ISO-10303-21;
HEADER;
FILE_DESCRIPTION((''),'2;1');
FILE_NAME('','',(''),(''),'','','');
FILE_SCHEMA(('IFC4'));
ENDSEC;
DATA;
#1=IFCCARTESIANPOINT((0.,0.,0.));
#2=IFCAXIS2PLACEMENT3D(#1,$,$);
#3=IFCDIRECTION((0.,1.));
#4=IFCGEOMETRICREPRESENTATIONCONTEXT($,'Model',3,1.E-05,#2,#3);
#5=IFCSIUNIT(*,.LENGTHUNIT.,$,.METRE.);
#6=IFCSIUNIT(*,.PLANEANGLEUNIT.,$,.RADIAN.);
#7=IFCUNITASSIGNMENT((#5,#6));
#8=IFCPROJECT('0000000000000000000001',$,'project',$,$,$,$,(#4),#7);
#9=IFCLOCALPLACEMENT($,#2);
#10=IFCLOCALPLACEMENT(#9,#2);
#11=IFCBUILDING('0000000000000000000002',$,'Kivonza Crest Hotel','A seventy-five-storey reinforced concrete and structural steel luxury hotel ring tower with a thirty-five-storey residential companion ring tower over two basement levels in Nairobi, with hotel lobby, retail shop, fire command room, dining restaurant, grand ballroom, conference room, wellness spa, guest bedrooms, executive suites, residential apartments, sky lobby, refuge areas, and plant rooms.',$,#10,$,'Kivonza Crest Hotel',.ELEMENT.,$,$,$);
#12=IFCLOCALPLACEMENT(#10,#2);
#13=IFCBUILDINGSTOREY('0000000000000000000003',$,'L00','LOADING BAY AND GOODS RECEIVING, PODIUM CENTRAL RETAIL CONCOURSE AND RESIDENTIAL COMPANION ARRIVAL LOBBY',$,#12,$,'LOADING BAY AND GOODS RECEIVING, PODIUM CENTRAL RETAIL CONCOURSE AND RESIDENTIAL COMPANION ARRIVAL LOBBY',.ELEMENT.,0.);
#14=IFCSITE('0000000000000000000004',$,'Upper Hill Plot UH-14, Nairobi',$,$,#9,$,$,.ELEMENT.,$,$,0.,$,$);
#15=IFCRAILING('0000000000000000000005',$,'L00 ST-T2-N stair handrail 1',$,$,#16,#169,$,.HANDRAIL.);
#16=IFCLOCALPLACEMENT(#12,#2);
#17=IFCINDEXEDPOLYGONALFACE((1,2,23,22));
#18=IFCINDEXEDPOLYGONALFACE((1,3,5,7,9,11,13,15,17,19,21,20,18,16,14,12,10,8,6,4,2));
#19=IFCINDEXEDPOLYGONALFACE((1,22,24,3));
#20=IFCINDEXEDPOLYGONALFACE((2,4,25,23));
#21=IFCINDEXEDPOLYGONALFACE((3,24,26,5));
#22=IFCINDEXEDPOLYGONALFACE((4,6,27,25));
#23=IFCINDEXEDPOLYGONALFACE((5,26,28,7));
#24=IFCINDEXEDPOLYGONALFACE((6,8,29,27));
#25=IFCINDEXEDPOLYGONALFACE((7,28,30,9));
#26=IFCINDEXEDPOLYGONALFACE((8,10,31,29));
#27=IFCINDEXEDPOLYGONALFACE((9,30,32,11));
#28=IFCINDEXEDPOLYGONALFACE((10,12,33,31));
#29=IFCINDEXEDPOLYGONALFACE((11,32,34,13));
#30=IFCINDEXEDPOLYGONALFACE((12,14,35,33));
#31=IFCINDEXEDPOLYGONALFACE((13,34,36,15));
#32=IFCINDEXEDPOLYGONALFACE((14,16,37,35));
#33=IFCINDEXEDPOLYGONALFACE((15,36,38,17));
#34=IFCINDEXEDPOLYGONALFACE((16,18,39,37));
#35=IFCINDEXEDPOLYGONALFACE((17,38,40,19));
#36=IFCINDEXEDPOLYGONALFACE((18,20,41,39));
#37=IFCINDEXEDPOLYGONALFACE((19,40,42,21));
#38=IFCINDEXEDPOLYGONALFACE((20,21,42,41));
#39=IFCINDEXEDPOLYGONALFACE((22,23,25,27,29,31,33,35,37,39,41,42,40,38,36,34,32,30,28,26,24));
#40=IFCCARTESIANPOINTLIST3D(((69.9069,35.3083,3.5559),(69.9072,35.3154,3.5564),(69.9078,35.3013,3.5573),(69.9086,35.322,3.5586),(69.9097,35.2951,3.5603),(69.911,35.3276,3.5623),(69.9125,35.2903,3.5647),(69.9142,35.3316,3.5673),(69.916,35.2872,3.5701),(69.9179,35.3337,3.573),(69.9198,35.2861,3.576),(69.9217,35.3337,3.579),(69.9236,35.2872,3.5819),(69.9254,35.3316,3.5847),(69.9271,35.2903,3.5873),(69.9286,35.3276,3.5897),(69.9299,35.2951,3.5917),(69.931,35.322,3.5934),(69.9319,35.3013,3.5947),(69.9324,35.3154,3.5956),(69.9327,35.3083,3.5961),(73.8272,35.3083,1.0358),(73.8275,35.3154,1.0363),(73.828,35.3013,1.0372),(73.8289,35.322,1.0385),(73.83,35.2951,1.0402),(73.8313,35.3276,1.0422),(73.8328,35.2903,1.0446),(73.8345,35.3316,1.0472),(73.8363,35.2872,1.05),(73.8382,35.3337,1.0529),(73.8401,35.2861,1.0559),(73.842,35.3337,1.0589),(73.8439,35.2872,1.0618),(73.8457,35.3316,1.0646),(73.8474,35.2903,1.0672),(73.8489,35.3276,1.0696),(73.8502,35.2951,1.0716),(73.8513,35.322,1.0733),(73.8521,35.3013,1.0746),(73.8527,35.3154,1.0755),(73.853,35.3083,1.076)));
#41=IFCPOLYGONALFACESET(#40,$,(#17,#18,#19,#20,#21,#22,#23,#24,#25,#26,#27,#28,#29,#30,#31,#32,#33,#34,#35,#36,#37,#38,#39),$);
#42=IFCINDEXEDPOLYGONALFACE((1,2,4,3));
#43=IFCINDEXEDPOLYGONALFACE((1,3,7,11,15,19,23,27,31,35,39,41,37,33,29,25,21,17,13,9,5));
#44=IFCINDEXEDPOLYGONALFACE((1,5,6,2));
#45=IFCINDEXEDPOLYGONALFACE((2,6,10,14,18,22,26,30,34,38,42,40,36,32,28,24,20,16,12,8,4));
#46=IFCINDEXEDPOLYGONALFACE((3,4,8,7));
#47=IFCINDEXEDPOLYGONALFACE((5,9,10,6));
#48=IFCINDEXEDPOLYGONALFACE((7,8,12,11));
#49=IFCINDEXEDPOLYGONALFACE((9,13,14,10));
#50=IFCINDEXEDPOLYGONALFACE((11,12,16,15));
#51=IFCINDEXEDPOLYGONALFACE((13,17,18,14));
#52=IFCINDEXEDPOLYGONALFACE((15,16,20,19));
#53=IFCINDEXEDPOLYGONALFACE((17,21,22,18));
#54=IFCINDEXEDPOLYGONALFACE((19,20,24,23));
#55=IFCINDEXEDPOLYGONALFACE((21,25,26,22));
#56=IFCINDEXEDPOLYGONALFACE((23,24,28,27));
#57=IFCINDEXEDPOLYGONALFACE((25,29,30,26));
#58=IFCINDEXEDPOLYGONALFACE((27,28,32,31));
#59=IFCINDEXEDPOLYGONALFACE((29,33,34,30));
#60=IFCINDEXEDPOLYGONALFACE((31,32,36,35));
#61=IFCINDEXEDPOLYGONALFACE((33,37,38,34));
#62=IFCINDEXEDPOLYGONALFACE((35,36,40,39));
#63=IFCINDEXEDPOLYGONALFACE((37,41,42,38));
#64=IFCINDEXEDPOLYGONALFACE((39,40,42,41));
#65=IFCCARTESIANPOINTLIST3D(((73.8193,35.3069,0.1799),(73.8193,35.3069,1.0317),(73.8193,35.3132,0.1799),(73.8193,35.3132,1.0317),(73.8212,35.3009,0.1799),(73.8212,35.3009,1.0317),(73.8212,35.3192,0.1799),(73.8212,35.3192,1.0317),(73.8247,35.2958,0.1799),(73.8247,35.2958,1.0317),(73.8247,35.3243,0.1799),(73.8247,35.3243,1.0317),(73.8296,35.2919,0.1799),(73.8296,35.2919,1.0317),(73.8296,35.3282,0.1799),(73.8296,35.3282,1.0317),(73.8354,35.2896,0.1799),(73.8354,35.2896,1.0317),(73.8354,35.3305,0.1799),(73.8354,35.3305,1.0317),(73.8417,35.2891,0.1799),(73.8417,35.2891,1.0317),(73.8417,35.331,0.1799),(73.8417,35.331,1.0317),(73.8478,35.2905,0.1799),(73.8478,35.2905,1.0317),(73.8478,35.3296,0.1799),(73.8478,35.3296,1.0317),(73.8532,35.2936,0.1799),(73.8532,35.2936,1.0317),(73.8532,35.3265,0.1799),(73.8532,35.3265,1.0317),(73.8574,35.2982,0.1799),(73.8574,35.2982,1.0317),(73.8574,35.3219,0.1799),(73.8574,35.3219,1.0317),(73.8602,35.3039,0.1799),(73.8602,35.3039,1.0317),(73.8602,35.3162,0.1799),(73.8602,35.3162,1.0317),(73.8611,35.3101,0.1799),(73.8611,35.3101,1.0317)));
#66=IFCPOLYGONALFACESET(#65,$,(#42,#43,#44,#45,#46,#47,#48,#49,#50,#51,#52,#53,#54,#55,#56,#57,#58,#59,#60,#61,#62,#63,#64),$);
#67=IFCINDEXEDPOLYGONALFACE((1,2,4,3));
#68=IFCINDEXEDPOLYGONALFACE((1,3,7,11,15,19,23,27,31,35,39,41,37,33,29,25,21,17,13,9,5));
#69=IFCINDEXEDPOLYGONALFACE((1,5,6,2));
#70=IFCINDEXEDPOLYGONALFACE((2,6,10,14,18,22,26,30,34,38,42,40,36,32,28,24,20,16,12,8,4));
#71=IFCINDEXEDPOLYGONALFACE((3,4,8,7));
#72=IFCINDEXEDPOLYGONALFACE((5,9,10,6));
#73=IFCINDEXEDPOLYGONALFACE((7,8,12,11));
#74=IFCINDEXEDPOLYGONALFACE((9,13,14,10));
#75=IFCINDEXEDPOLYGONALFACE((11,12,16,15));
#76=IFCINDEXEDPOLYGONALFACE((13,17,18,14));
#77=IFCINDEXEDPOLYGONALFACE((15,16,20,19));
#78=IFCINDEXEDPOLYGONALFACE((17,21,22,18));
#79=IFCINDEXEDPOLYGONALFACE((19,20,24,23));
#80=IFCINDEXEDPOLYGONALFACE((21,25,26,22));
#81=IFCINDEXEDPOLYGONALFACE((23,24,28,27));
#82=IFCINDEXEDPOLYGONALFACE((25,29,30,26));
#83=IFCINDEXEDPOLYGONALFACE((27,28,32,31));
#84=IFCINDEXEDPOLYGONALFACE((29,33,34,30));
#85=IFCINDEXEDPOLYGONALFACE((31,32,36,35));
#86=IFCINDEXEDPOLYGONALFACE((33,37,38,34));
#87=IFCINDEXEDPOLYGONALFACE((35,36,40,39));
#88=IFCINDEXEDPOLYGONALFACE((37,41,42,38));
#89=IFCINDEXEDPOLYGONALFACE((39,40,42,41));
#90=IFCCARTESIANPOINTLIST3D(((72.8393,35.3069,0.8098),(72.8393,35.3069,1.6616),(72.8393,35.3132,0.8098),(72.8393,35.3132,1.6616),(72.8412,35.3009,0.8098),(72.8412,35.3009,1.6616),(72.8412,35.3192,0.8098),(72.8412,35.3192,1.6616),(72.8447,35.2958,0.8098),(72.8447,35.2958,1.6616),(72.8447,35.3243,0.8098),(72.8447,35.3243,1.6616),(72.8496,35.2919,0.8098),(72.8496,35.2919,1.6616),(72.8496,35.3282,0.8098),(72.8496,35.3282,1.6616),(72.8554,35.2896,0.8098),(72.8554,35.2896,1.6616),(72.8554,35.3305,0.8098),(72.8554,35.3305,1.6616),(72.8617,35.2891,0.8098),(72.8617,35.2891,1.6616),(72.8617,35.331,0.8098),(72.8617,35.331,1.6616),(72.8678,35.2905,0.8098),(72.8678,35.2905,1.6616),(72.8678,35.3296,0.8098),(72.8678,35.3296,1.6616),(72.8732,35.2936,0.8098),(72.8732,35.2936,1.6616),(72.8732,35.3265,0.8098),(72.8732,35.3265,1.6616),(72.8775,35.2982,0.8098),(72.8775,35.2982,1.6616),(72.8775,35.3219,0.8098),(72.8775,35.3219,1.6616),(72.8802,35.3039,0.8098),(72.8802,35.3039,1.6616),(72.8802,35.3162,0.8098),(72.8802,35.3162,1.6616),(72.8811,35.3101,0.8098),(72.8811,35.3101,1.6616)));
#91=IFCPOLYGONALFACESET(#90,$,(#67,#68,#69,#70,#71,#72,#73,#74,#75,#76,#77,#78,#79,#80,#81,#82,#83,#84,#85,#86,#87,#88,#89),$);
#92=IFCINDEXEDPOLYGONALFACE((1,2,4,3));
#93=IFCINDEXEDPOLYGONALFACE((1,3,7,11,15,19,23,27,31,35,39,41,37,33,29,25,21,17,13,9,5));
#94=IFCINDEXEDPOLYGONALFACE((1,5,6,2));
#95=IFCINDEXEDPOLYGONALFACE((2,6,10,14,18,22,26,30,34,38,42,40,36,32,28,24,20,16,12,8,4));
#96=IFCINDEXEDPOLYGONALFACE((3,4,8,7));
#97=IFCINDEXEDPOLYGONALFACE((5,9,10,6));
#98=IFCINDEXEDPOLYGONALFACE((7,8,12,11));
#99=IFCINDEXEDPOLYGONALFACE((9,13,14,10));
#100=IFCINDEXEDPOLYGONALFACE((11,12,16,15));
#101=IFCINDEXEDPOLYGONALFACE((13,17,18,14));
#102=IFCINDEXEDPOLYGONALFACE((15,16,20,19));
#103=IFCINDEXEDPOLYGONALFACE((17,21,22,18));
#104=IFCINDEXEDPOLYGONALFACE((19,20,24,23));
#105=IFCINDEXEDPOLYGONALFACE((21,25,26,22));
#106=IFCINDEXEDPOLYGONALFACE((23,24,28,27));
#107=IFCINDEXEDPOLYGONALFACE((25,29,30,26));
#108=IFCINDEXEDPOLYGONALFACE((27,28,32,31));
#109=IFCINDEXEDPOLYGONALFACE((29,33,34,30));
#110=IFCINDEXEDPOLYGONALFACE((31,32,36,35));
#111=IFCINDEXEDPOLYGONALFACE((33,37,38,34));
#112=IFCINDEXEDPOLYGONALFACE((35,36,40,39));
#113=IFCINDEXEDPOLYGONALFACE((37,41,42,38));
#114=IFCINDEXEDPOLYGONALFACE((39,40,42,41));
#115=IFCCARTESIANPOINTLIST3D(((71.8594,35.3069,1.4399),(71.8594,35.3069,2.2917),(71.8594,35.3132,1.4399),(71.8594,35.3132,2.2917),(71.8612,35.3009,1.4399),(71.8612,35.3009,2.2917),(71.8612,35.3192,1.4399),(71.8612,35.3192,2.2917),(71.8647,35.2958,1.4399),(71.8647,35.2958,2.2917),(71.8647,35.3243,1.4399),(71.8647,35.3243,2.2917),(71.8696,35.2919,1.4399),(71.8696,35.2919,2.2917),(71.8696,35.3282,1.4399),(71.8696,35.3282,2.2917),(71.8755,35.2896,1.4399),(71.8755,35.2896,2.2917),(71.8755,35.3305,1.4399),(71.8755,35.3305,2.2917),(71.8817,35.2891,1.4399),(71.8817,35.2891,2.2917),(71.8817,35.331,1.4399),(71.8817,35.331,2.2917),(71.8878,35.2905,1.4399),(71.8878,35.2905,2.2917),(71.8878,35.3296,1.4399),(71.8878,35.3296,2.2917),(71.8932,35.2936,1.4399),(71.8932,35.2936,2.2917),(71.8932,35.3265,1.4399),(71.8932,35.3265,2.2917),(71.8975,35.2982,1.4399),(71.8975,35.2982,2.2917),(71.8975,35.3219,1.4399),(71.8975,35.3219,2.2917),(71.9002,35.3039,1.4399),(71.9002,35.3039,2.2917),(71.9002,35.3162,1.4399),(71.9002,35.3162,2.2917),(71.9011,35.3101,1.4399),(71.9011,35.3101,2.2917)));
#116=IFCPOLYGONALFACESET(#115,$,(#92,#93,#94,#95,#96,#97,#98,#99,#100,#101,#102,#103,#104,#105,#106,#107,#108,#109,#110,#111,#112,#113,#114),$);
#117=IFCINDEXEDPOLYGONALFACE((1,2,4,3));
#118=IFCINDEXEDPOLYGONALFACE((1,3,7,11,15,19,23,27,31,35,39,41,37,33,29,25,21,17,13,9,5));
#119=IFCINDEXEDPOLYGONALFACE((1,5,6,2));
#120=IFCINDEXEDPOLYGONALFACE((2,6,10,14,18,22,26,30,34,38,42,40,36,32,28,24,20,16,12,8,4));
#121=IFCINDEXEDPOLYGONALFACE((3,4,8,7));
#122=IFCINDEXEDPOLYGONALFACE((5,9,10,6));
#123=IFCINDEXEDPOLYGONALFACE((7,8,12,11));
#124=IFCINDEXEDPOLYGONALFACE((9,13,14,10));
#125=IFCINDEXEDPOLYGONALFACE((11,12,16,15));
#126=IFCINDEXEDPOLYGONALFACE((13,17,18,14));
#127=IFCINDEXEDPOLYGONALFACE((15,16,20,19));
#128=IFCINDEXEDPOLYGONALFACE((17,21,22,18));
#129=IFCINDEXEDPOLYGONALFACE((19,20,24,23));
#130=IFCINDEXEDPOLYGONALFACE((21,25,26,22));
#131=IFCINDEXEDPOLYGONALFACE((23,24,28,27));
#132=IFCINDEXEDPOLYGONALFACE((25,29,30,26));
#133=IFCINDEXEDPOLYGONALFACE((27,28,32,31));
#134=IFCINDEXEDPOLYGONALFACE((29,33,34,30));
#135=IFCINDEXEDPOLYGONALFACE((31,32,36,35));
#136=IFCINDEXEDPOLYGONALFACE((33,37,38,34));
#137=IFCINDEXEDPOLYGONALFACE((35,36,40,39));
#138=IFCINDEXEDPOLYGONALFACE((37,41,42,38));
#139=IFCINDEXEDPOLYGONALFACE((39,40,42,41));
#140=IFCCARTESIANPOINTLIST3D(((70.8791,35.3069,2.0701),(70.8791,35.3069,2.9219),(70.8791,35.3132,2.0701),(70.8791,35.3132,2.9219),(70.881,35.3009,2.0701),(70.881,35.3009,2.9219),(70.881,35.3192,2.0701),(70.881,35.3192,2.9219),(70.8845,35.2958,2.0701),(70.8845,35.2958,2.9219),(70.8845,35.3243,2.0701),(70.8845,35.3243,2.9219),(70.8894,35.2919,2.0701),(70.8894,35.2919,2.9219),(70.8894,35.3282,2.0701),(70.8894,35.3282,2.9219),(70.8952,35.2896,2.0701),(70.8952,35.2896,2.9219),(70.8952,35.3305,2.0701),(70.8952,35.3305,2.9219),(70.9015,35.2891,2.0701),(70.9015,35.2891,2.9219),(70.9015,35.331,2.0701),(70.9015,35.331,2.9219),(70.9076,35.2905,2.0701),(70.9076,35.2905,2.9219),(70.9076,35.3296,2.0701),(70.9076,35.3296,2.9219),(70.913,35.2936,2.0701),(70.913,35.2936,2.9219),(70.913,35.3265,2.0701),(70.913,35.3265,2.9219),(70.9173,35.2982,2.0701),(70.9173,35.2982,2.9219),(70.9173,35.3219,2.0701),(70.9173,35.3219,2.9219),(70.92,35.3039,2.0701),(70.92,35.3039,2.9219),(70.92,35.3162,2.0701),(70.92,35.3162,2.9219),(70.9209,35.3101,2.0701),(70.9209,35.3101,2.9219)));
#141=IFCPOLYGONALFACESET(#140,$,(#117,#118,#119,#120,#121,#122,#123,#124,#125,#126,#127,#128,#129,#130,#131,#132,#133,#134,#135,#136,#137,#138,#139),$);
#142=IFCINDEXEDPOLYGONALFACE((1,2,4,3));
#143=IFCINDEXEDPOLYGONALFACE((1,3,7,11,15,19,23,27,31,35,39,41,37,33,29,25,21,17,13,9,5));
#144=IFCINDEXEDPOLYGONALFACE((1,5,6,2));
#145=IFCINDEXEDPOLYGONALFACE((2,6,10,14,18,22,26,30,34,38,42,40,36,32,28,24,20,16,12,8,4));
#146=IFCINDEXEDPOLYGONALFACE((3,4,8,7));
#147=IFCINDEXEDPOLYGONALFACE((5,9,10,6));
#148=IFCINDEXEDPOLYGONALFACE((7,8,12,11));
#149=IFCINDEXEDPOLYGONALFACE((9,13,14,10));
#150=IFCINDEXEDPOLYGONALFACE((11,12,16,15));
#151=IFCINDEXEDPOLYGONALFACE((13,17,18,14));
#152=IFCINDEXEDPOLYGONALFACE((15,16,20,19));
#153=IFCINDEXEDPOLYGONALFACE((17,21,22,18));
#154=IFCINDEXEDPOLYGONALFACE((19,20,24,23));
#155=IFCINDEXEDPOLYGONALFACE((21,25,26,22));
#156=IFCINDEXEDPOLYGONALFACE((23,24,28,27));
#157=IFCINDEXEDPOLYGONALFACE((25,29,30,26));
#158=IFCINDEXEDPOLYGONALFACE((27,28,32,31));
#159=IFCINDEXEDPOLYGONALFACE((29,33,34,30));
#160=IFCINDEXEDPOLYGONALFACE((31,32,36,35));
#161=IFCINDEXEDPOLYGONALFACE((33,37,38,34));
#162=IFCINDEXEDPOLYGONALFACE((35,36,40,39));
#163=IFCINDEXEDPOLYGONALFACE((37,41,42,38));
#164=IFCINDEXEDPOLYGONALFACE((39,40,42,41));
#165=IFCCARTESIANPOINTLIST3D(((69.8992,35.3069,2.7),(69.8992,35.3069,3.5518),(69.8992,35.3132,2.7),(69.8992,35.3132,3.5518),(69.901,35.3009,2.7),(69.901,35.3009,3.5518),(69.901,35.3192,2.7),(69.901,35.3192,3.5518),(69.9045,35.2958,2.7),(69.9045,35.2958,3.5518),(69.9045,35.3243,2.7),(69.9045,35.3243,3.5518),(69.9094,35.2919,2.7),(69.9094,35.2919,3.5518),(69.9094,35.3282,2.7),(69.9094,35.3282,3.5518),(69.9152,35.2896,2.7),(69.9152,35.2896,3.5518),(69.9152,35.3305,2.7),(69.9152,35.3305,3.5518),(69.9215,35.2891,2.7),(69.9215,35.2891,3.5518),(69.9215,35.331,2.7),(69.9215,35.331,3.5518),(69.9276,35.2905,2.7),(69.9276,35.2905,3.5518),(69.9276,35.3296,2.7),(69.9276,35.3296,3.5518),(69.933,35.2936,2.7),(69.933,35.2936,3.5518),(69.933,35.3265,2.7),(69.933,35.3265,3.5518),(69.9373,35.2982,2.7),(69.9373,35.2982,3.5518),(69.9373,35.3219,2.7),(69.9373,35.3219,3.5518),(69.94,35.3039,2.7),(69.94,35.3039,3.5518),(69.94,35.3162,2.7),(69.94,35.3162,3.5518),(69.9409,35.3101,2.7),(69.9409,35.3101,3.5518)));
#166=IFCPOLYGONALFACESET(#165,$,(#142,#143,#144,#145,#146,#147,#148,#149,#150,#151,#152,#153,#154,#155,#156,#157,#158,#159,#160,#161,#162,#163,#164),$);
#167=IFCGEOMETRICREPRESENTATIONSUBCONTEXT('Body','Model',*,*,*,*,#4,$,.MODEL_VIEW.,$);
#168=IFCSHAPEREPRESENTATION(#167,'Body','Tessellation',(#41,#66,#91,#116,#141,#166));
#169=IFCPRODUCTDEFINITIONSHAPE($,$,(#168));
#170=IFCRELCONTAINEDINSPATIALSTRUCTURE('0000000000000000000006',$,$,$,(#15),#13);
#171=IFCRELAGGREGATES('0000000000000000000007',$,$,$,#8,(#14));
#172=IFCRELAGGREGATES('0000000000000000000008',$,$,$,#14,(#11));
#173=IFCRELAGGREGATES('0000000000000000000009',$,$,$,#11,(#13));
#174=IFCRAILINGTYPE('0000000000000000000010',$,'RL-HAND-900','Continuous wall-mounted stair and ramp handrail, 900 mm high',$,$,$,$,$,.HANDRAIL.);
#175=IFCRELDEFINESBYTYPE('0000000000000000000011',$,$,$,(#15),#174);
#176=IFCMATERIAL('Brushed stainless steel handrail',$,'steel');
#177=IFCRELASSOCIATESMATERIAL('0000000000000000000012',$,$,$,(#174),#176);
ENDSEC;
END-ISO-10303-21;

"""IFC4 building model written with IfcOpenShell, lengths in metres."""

from ifc_helpers import new_model, si_unit, direction, frame, origin, origin_2d, place, context, subcontext, project, spatial, circle, extrude, material, type_object, element, save


model = new_model("IFC4")

# Units and contexts
model_context = context("Model", 3, precision=1e-05, world=origin(), true_north=direction((0.0, 1.0)))
body_context = subcontext(model_context, "Body", "Model", "MODEL_VIEW")
ifc_project = project(units=[si_unit("LENGTHUNIT", "METRE"), si_unit("PLANEANGLEUNIT", "RADIAN")], contexts=[model_context])

# Site, building, storey
site_placement = place(None, origin())
site = spatial("IfcSite", under=ifc_project, at=site_placement, Name="Upper Hill Plot UH-14, Nairobi", CompositionType="ELEMENT", RefElevation=0.0)
building_placement = place(site_placement, origin())
building = spatial("IfcBuilding", under=site, at=building_placement, Name="Kivonza Crest Hotel", Description="A seventy-five-storey reinforced concrete and structural steel luxury hotel ring tower with a thirty-five-storey residential companion ring tower over two basement levels in Nairobi, with hotel lobby, retail shop, fire command room, dining restaurant, grand ballroom, conference room, wellness spa, guest bedrooms, executive suites, residential apartments, sky lobby, refuge areas, and plant rooms.", LongName="Kivonza Crest Hotel", CompositionType="ELEMENT")
storey_placement = place(building_placement, origin())
storey = spatial("IfcBuildingStorey", under=building, at=storey_placement, Name="L00", Description="LOADING BAY AND GOODS RECEIVING, PODIUM CENTRAL RETAIL CONCOURSE AND RESIDENTIAL COMPANION ARRIVAL LOBBY", LongName="LOADING BAY AND GOODS RECEIVING, PODIUM CENTRAL RETAIL CONCOURSE AND RESIDENTIAL COMPANION ARRIVAL LOBBY", CompositionType="ELEMENT", Elevation=0.0)

# Railing
ifc_material_1 = material(Name="Brushed stainless steel handrail", Category="steel")
railing_type_1 = type_object("IfcRailingType", Name="RL-HAND-900", Description="Continuous wall-mounted stair and ramp handrail, 900 mm high", PredefinedType="HANDRAIL", material=ifc_material_1)
railing_1_placement = place(storey_placement, frame((73.8401, 35.3101, 0.1799)))
element("IfcRailing", 1, at=railing_1_placement, inside=storey, type_object=railing_type_1, Name="L00 ST-T2-N stair handrail 1", PredefinedType="HANDRAIL", context=body_context, shape_type="SweptSolid", body=[
    extrude(circle(Radius=0.0239, at=origin_2d()), frame((0.0, 0.0, 0.876), z_axis=(-0.841187, 0.0, 0.540744), x_axis=(0.0, -1.0, 0.0)), (0.0, 0.0, 1.0), 4.6604),
    extrude(circle(Radius=0.021, at=origin_2d()), origin(), (0.0, 0.0, 1.0), 0.8518),
    extrude(circle(Radius=0.021, at=origin_2d()), frame((-0.98, 0.0, 0.6299)), (0.0, 0.0, 1.0), 0.8518),
    extrude(circle(Radius=0.021, at=origin_2d()), frame((-1.96, 0.0, 1.26)), (0.0, 0.0, 1.0), 0.8518),
    extrude(circle(Radius=0.021, at=origin_2d()), frame((-2.9402, 0.0, 1.8901)), (0.0, 0.0, 1.0), 0.8518),
    extrude(circle(Radius=0.021, at=origin_2d()), frame((-3.9202, 0.0, 2.52)), (0.0, 0.0, 1.0), 0.8518),
])

save(model, "model.ifc")
